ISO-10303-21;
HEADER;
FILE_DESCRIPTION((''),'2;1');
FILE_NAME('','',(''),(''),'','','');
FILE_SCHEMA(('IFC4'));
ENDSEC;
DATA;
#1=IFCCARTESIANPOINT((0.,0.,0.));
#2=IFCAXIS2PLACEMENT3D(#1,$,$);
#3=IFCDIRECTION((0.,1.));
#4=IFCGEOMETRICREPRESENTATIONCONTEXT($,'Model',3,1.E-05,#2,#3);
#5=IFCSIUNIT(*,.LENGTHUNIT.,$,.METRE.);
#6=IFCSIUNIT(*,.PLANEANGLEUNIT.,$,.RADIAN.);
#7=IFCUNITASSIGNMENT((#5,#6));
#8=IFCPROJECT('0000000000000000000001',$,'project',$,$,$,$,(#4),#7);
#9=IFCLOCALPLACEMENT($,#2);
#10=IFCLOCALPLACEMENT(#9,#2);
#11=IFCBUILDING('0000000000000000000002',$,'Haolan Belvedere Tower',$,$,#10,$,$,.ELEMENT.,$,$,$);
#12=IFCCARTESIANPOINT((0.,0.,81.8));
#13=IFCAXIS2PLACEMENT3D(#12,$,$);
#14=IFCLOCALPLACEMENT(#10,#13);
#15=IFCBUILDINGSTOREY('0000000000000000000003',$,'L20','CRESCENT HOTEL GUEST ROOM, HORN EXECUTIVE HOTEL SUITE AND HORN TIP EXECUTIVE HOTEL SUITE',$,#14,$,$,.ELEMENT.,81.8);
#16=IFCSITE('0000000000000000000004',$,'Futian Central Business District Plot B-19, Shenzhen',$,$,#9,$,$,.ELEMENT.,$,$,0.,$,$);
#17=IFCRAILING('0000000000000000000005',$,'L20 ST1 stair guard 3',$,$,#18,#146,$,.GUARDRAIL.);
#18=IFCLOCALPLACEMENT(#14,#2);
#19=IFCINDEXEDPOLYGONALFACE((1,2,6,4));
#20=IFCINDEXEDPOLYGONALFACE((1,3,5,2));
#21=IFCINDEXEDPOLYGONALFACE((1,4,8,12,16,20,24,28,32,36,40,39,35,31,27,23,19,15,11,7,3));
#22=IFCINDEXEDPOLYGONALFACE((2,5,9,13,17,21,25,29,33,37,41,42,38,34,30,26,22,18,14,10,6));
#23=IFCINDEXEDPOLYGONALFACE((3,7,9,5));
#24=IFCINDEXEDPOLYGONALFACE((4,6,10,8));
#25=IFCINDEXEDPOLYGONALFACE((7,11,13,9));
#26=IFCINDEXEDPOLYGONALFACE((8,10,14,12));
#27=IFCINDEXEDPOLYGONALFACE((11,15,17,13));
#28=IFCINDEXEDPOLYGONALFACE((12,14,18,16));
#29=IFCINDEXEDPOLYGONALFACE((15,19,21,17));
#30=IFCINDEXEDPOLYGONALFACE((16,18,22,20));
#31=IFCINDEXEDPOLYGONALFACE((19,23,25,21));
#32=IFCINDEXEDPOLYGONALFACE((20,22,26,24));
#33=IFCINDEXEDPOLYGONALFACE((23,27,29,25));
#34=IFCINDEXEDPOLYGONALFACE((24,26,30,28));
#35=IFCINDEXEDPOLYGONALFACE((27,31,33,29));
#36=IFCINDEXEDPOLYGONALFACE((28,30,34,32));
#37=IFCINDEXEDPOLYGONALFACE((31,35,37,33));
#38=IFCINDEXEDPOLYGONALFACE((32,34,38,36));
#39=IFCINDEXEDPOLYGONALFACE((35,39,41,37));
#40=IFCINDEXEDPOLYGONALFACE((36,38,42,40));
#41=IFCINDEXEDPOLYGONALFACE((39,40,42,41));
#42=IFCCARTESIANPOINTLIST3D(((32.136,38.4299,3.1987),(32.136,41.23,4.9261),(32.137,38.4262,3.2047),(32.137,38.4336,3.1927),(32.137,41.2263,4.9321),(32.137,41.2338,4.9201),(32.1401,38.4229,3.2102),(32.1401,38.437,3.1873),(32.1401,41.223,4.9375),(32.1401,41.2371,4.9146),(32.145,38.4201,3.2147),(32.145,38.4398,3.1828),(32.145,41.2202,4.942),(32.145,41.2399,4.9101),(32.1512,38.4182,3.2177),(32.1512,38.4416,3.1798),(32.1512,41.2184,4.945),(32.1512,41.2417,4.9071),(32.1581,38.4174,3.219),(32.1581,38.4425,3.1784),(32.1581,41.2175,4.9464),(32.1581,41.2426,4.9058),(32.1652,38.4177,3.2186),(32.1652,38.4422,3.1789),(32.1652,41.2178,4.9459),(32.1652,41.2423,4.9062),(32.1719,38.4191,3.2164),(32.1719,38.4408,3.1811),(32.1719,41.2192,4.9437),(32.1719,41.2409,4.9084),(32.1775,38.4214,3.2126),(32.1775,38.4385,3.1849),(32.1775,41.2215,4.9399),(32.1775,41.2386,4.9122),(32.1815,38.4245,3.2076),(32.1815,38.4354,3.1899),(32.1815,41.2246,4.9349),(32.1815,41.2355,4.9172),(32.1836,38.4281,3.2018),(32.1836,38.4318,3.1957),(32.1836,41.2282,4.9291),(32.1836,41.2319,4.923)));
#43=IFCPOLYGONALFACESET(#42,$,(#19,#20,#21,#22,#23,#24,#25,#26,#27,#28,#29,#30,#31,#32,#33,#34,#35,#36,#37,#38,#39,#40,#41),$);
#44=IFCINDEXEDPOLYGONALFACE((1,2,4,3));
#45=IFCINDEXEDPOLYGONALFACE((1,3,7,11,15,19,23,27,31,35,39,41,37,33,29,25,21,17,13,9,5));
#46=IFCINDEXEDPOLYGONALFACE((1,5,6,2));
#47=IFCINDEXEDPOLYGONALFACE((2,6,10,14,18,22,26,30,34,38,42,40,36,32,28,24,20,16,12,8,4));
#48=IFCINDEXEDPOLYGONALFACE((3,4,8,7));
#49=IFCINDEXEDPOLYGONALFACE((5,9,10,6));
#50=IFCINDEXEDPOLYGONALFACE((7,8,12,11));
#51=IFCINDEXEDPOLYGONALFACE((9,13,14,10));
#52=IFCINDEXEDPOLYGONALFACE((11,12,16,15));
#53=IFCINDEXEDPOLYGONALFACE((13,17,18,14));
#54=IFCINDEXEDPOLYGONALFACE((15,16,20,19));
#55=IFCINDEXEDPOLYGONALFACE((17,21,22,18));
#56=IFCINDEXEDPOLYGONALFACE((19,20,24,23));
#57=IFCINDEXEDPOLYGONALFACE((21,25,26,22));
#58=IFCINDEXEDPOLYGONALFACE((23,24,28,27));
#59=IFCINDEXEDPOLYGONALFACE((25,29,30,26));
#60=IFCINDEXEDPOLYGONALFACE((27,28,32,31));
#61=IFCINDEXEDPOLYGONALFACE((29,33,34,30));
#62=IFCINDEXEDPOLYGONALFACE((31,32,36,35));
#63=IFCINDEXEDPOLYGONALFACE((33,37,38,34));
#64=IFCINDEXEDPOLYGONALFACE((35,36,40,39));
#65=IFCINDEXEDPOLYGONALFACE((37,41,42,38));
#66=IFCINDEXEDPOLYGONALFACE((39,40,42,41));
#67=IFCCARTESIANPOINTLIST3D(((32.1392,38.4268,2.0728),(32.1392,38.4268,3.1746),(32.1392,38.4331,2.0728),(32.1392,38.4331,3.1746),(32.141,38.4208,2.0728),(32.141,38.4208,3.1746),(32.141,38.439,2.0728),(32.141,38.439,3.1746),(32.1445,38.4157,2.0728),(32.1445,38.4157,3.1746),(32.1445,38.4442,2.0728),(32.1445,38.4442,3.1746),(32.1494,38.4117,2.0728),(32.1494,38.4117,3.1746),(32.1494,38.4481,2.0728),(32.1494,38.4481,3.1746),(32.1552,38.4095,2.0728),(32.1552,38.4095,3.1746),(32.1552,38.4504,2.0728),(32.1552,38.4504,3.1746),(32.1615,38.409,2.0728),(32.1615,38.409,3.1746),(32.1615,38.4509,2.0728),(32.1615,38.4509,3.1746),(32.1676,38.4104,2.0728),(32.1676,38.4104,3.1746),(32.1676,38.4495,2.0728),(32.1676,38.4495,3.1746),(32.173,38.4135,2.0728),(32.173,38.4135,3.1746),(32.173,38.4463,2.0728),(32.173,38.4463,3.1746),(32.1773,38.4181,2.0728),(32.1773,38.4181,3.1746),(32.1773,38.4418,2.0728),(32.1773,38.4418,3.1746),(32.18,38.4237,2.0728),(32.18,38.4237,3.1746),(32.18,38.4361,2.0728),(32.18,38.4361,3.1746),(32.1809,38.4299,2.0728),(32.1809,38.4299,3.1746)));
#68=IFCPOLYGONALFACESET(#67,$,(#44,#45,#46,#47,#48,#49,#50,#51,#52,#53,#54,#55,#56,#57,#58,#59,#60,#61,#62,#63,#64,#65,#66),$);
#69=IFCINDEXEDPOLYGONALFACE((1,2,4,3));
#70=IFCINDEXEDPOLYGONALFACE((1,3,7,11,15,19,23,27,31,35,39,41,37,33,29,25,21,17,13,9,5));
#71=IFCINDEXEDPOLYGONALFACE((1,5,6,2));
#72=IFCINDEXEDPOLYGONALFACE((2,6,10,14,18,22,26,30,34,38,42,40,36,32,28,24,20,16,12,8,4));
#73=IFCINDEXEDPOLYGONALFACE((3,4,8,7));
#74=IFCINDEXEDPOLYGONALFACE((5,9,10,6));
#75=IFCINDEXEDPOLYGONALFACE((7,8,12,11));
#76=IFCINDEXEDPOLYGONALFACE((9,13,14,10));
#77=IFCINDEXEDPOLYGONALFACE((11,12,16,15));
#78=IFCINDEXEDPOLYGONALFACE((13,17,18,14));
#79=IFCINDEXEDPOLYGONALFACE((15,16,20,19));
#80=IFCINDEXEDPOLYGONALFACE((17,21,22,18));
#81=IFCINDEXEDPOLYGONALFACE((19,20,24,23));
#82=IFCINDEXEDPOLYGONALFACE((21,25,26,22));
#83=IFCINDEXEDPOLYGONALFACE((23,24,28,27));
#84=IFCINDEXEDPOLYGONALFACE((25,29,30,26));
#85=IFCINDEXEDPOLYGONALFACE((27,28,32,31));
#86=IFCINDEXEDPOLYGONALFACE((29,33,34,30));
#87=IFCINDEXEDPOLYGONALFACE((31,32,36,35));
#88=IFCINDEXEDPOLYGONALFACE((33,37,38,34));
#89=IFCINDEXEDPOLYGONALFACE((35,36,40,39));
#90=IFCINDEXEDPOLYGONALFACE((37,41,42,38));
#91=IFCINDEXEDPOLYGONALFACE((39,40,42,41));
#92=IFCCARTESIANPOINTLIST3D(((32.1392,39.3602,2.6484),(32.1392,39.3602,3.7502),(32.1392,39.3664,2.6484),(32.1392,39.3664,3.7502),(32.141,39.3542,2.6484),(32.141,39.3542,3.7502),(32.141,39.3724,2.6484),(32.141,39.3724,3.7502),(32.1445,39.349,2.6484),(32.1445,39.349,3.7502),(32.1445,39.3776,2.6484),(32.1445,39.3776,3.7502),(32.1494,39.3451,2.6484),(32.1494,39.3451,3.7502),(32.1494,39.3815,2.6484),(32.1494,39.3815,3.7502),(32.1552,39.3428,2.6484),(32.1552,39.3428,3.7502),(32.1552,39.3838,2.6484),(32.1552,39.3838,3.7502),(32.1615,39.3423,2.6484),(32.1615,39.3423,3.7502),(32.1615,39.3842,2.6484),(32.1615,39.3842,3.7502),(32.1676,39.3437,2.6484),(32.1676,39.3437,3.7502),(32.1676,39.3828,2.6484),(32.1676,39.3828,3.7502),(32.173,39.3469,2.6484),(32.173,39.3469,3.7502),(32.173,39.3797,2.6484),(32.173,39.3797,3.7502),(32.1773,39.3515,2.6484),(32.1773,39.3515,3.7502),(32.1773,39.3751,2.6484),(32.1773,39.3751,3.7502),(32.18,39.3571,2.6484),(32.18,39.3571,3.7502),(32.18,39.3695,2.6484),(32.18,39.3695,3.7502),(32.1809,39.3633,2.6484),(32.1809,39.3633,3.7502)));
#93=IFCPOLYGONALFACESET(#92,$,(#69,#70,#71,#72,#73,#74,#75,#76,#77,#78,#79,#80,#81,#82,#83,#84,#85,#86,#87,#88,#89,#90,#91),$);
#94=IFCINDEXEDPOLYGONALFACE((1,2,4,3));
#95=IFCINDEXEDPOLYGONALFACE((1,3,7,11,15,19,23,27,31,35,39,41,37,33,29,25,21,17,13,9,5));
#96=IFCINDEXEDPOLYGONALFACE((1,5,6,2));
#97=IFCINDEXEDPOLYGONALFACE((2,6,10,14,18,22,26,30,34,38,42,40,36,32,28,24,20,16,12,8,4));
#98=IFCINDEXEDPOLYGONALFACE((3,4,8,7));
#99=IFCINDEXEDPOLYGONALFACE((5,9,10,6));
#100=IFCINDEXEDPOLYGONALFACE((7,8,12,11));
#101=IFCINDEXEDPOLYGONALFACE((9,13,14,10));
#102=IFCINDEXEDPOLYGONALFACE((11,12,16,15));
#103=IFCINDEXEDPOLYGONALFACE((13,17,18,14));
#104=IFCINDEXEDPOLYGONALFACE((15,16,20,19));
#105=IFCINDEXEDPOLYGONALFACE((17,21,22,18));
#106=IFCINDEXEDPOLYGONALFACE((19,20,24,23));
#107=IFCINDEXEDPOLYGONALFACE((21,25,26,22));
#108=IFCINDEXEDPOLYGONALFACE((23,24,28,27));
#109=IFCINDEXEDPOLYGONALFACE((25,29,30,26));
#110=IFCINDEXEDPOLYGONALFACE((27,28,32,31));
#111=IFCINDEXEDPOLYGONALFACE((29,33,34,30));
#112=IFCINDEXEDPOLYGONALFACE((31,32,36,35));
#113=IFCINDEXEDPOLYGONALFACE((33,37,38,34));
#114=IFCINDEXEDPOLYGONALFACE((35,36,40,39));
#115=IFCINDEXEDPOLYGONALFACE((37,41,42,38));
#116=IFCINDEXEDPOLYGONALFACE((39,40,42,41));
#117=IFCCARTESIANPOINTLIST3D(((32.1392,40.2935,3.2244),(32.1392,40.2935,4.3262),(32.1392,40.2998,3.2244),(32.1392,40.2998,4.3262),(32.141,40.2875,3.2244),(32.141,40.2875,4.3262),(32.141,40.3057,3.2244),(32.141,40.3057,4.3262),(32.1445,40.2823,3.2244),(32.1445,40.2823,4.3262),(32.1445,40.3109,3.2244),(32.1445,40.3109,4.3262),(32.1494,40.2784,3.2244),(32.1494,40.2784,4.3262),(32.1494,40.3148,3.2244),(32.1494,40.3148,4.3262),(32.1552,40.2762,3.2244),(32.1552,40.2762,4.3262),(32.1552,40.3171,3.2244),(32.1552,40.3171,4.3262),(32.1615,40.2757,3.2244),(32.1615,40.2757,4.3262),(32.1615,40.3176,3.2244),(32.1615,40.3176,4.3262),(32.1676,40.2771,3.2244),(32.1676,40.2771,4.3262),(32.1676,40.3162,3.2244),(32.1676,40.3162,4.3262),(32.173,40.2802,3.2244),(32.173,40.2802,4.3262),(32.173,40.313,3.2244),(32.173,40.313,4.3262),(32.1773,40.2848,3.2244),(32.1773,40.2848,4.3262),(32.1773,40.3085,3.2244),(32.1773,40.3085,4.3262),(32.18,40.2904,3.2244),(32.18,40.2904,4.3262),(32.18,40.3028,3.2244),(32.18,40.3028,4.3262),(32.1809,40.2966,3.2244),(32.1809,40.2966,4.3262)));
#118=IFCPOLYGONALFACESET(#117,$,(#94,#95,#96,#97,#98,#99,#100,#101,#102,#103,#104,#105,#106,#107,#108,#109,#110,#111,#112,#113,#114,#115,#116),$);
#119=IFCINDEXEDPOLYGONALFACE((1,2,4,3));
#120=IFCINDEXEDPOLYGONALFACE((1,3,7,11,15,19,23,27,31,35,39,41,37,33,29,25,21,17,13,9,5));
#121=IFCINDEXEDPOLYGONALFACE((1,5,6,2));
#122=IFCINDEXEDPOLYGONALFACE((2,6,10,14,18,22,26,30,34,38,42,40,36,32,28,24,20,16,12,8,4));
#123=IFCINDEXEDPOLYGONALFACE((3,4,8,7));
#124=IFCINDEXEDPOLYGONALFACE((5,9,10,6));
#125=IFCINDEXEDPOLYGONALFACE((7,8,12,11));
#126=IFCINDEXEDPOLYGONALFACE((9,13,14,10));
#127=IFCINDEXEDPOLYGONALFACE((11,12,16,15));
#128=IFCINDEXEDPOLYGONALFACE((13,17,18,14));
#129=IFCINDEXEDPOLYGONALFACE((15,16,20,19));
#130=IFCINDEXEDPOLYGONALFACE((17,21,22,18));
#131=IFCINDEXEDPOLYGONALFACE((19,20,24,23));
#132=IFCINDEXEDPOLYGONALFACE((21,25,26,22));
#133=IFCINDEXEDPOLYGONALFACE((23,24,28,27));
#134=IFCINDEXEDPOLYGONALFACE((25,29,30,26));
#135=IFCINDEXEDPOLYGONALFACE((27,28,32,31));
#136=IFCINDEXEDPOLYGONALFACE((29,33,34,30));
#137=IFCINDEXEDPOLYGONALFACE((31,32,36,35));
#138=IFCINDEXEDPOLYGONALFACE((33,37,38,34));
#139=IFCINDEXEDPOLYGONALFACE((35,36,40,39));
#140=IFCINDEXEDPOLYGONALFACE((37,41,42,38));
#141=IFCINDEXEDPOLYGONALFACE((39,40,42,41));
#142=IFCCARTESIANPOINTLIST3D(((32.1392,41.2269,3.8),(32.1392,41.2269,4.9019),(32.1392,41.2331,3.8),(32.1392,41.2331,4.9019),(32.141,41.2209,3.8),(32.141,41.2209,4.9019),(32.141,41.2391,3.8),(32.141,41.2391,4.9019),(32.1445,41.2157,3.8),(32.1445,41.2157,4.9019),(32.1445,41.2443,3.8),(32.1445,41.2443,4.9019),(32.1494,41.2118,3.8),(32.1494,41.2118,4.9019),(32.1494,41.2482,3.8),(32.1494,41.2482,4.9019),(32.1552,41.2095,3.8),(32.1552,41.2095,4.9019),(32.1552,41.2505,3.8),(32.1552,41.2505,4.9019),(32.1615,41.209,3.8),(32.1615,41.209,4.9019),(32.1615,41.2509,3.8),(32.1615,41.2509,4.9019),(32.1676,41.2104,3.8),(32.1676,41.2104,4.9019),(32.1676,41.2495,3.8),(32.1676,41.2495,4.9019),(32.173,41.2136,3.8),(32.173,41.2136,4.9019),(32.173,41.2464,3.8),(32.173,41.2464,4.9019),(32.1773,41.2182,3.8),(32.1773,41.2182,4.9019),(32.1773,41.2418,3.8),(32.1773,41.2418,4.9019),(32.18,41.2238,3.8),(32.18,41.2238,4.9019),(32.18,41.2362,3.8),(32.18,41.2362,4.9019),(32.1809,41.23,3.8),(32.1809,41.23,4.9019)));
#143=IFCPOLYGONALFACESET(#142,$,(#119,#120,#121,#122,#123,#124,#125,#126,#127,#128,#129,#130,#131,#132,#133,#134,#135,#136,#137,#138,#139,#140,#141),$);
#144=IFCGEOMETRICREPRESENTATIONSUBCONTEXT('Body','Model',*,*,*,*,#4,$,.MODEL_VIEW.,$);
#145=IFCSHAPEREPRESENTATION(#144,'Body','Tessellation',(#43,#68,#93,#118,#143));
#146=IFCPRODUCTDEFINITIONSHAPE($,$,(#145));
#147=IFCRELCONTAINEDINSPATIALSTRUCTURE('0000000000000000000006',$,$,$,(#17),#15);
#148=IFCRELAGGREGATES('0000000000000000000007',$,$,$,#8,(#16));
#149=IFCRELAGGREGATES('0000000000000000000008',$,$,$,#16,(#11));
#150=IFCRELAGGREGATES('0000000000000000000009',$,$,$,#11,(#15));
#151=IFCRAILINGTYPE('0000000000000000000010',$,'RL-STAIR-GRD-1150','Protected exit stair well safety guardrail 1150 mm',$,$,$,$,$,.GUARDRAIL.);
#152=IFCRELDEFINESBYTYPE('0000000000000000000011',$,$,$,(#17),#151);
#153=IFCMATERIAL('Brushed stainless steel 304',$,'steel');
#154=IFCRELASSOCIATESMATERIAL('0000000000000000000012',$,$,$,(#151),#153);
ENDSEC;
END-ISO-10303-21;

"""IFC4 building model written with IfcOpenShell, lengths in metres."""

from ifc_helpers import new_model, si_unit, direction, frame, origin, origin_2d, place, context, subcontext, project, spatial, circle, extrude, material, type_object, element, save


model = new_model("IFC4")

# Units and contexts
model_context = context("Model", 3, precision=1e-05, world=origin(), true_north=direction((0.0, 1.0)))
body_context = subcontext(model_context, "Body", "Model", "MODEL_VIEW")
ifc_project = project(units=[si_unit("LENGTHUNIT", "METRE"), si_unit("PLANEANGLEUNIT", "RADIAN")], contexts=[model_context])

# Site, building, storey
site_placement = place(None, origin())
site = spatial("IfcSite", under=ifc_project, at=site_placement, Name="Futian Central Business District Plot B-19, Shenzhen", CompositionType="ELEMENT", RefElevation=0.0)
building_placement = place(site_placement, origin())
building = spatial("IfcBuilding", under=site, at=building_placement, Name="Haolan Belvedere Tower", CompositionType="ELEMENT")
storey_placement = place(building_placement, frame((0.0, 0.0, 81.8)))
storey = spatial("IfcBuildingStorey", under=building, at=storey_placement, Name="L20", Description="CRESCENT HOTEL GUEST ROOM, HORN EXECUTIVE HOTEL SUITE AND HORN TIP EXECUTIVE HOTEL SUITE", CompositionType="ELEMENT", Elevation=81.8)

# Railing
ifc_material_1 = material(Name="Brushed stainless steel 304", Category="steel")
railing_type_1 = type_object("IfcRailingType", Name="RL-STAIR-GRD-1150", Description="Protected exit stair well safety guardrail 1150 mm", PredefinedType="GUARDRAIL", material=ifc_material_1)
railing_1_placement = place(storey_placement, frame((32.1599, 38.4299, 2.0728)))
element("IfcRailing", 1, at=railing_1_placement, inside=storey, type_object=railing_type_1, Name="L20 ST1 stair guard 3", PredefinedType="GUARDRAIL", context=body_context, shape_type="SweptSolid", body=[
    extrude(circle(Radius=0.0239, at=origin_2d()), frame((0.0, 0.0, 1.126), z_axis=(0.0, 0.85109, 0.52502), x_axis=(-1.0, 0.0, 0.0)), (0.0, 0.0, 1.0), 3.29),
    extrude(circle(Radius=0.021, at=origin_2d()), origin(), (0.0, 0.0, 1.0), 1.1018),
    extrude(circle(Radius=0.021, at=origin_2d()), frame((0.0, 0.9333, 0.5757)), (0.0, 0.0, 1.0), 1.1018),
    extrude(circle(Radius=0.021, at=origin_2d()), frame((0.0, 1.8667, 1.1516)), (0.0, 0.0, 1.0), 1.1018),
    extrude(circle(Radius=0.021, at=origin_2d()), frame((0.0, 2.8, 1.7273)), (0.0, 0.0, 1.0), 1.1018),
])

save(model, "model.ifc")
